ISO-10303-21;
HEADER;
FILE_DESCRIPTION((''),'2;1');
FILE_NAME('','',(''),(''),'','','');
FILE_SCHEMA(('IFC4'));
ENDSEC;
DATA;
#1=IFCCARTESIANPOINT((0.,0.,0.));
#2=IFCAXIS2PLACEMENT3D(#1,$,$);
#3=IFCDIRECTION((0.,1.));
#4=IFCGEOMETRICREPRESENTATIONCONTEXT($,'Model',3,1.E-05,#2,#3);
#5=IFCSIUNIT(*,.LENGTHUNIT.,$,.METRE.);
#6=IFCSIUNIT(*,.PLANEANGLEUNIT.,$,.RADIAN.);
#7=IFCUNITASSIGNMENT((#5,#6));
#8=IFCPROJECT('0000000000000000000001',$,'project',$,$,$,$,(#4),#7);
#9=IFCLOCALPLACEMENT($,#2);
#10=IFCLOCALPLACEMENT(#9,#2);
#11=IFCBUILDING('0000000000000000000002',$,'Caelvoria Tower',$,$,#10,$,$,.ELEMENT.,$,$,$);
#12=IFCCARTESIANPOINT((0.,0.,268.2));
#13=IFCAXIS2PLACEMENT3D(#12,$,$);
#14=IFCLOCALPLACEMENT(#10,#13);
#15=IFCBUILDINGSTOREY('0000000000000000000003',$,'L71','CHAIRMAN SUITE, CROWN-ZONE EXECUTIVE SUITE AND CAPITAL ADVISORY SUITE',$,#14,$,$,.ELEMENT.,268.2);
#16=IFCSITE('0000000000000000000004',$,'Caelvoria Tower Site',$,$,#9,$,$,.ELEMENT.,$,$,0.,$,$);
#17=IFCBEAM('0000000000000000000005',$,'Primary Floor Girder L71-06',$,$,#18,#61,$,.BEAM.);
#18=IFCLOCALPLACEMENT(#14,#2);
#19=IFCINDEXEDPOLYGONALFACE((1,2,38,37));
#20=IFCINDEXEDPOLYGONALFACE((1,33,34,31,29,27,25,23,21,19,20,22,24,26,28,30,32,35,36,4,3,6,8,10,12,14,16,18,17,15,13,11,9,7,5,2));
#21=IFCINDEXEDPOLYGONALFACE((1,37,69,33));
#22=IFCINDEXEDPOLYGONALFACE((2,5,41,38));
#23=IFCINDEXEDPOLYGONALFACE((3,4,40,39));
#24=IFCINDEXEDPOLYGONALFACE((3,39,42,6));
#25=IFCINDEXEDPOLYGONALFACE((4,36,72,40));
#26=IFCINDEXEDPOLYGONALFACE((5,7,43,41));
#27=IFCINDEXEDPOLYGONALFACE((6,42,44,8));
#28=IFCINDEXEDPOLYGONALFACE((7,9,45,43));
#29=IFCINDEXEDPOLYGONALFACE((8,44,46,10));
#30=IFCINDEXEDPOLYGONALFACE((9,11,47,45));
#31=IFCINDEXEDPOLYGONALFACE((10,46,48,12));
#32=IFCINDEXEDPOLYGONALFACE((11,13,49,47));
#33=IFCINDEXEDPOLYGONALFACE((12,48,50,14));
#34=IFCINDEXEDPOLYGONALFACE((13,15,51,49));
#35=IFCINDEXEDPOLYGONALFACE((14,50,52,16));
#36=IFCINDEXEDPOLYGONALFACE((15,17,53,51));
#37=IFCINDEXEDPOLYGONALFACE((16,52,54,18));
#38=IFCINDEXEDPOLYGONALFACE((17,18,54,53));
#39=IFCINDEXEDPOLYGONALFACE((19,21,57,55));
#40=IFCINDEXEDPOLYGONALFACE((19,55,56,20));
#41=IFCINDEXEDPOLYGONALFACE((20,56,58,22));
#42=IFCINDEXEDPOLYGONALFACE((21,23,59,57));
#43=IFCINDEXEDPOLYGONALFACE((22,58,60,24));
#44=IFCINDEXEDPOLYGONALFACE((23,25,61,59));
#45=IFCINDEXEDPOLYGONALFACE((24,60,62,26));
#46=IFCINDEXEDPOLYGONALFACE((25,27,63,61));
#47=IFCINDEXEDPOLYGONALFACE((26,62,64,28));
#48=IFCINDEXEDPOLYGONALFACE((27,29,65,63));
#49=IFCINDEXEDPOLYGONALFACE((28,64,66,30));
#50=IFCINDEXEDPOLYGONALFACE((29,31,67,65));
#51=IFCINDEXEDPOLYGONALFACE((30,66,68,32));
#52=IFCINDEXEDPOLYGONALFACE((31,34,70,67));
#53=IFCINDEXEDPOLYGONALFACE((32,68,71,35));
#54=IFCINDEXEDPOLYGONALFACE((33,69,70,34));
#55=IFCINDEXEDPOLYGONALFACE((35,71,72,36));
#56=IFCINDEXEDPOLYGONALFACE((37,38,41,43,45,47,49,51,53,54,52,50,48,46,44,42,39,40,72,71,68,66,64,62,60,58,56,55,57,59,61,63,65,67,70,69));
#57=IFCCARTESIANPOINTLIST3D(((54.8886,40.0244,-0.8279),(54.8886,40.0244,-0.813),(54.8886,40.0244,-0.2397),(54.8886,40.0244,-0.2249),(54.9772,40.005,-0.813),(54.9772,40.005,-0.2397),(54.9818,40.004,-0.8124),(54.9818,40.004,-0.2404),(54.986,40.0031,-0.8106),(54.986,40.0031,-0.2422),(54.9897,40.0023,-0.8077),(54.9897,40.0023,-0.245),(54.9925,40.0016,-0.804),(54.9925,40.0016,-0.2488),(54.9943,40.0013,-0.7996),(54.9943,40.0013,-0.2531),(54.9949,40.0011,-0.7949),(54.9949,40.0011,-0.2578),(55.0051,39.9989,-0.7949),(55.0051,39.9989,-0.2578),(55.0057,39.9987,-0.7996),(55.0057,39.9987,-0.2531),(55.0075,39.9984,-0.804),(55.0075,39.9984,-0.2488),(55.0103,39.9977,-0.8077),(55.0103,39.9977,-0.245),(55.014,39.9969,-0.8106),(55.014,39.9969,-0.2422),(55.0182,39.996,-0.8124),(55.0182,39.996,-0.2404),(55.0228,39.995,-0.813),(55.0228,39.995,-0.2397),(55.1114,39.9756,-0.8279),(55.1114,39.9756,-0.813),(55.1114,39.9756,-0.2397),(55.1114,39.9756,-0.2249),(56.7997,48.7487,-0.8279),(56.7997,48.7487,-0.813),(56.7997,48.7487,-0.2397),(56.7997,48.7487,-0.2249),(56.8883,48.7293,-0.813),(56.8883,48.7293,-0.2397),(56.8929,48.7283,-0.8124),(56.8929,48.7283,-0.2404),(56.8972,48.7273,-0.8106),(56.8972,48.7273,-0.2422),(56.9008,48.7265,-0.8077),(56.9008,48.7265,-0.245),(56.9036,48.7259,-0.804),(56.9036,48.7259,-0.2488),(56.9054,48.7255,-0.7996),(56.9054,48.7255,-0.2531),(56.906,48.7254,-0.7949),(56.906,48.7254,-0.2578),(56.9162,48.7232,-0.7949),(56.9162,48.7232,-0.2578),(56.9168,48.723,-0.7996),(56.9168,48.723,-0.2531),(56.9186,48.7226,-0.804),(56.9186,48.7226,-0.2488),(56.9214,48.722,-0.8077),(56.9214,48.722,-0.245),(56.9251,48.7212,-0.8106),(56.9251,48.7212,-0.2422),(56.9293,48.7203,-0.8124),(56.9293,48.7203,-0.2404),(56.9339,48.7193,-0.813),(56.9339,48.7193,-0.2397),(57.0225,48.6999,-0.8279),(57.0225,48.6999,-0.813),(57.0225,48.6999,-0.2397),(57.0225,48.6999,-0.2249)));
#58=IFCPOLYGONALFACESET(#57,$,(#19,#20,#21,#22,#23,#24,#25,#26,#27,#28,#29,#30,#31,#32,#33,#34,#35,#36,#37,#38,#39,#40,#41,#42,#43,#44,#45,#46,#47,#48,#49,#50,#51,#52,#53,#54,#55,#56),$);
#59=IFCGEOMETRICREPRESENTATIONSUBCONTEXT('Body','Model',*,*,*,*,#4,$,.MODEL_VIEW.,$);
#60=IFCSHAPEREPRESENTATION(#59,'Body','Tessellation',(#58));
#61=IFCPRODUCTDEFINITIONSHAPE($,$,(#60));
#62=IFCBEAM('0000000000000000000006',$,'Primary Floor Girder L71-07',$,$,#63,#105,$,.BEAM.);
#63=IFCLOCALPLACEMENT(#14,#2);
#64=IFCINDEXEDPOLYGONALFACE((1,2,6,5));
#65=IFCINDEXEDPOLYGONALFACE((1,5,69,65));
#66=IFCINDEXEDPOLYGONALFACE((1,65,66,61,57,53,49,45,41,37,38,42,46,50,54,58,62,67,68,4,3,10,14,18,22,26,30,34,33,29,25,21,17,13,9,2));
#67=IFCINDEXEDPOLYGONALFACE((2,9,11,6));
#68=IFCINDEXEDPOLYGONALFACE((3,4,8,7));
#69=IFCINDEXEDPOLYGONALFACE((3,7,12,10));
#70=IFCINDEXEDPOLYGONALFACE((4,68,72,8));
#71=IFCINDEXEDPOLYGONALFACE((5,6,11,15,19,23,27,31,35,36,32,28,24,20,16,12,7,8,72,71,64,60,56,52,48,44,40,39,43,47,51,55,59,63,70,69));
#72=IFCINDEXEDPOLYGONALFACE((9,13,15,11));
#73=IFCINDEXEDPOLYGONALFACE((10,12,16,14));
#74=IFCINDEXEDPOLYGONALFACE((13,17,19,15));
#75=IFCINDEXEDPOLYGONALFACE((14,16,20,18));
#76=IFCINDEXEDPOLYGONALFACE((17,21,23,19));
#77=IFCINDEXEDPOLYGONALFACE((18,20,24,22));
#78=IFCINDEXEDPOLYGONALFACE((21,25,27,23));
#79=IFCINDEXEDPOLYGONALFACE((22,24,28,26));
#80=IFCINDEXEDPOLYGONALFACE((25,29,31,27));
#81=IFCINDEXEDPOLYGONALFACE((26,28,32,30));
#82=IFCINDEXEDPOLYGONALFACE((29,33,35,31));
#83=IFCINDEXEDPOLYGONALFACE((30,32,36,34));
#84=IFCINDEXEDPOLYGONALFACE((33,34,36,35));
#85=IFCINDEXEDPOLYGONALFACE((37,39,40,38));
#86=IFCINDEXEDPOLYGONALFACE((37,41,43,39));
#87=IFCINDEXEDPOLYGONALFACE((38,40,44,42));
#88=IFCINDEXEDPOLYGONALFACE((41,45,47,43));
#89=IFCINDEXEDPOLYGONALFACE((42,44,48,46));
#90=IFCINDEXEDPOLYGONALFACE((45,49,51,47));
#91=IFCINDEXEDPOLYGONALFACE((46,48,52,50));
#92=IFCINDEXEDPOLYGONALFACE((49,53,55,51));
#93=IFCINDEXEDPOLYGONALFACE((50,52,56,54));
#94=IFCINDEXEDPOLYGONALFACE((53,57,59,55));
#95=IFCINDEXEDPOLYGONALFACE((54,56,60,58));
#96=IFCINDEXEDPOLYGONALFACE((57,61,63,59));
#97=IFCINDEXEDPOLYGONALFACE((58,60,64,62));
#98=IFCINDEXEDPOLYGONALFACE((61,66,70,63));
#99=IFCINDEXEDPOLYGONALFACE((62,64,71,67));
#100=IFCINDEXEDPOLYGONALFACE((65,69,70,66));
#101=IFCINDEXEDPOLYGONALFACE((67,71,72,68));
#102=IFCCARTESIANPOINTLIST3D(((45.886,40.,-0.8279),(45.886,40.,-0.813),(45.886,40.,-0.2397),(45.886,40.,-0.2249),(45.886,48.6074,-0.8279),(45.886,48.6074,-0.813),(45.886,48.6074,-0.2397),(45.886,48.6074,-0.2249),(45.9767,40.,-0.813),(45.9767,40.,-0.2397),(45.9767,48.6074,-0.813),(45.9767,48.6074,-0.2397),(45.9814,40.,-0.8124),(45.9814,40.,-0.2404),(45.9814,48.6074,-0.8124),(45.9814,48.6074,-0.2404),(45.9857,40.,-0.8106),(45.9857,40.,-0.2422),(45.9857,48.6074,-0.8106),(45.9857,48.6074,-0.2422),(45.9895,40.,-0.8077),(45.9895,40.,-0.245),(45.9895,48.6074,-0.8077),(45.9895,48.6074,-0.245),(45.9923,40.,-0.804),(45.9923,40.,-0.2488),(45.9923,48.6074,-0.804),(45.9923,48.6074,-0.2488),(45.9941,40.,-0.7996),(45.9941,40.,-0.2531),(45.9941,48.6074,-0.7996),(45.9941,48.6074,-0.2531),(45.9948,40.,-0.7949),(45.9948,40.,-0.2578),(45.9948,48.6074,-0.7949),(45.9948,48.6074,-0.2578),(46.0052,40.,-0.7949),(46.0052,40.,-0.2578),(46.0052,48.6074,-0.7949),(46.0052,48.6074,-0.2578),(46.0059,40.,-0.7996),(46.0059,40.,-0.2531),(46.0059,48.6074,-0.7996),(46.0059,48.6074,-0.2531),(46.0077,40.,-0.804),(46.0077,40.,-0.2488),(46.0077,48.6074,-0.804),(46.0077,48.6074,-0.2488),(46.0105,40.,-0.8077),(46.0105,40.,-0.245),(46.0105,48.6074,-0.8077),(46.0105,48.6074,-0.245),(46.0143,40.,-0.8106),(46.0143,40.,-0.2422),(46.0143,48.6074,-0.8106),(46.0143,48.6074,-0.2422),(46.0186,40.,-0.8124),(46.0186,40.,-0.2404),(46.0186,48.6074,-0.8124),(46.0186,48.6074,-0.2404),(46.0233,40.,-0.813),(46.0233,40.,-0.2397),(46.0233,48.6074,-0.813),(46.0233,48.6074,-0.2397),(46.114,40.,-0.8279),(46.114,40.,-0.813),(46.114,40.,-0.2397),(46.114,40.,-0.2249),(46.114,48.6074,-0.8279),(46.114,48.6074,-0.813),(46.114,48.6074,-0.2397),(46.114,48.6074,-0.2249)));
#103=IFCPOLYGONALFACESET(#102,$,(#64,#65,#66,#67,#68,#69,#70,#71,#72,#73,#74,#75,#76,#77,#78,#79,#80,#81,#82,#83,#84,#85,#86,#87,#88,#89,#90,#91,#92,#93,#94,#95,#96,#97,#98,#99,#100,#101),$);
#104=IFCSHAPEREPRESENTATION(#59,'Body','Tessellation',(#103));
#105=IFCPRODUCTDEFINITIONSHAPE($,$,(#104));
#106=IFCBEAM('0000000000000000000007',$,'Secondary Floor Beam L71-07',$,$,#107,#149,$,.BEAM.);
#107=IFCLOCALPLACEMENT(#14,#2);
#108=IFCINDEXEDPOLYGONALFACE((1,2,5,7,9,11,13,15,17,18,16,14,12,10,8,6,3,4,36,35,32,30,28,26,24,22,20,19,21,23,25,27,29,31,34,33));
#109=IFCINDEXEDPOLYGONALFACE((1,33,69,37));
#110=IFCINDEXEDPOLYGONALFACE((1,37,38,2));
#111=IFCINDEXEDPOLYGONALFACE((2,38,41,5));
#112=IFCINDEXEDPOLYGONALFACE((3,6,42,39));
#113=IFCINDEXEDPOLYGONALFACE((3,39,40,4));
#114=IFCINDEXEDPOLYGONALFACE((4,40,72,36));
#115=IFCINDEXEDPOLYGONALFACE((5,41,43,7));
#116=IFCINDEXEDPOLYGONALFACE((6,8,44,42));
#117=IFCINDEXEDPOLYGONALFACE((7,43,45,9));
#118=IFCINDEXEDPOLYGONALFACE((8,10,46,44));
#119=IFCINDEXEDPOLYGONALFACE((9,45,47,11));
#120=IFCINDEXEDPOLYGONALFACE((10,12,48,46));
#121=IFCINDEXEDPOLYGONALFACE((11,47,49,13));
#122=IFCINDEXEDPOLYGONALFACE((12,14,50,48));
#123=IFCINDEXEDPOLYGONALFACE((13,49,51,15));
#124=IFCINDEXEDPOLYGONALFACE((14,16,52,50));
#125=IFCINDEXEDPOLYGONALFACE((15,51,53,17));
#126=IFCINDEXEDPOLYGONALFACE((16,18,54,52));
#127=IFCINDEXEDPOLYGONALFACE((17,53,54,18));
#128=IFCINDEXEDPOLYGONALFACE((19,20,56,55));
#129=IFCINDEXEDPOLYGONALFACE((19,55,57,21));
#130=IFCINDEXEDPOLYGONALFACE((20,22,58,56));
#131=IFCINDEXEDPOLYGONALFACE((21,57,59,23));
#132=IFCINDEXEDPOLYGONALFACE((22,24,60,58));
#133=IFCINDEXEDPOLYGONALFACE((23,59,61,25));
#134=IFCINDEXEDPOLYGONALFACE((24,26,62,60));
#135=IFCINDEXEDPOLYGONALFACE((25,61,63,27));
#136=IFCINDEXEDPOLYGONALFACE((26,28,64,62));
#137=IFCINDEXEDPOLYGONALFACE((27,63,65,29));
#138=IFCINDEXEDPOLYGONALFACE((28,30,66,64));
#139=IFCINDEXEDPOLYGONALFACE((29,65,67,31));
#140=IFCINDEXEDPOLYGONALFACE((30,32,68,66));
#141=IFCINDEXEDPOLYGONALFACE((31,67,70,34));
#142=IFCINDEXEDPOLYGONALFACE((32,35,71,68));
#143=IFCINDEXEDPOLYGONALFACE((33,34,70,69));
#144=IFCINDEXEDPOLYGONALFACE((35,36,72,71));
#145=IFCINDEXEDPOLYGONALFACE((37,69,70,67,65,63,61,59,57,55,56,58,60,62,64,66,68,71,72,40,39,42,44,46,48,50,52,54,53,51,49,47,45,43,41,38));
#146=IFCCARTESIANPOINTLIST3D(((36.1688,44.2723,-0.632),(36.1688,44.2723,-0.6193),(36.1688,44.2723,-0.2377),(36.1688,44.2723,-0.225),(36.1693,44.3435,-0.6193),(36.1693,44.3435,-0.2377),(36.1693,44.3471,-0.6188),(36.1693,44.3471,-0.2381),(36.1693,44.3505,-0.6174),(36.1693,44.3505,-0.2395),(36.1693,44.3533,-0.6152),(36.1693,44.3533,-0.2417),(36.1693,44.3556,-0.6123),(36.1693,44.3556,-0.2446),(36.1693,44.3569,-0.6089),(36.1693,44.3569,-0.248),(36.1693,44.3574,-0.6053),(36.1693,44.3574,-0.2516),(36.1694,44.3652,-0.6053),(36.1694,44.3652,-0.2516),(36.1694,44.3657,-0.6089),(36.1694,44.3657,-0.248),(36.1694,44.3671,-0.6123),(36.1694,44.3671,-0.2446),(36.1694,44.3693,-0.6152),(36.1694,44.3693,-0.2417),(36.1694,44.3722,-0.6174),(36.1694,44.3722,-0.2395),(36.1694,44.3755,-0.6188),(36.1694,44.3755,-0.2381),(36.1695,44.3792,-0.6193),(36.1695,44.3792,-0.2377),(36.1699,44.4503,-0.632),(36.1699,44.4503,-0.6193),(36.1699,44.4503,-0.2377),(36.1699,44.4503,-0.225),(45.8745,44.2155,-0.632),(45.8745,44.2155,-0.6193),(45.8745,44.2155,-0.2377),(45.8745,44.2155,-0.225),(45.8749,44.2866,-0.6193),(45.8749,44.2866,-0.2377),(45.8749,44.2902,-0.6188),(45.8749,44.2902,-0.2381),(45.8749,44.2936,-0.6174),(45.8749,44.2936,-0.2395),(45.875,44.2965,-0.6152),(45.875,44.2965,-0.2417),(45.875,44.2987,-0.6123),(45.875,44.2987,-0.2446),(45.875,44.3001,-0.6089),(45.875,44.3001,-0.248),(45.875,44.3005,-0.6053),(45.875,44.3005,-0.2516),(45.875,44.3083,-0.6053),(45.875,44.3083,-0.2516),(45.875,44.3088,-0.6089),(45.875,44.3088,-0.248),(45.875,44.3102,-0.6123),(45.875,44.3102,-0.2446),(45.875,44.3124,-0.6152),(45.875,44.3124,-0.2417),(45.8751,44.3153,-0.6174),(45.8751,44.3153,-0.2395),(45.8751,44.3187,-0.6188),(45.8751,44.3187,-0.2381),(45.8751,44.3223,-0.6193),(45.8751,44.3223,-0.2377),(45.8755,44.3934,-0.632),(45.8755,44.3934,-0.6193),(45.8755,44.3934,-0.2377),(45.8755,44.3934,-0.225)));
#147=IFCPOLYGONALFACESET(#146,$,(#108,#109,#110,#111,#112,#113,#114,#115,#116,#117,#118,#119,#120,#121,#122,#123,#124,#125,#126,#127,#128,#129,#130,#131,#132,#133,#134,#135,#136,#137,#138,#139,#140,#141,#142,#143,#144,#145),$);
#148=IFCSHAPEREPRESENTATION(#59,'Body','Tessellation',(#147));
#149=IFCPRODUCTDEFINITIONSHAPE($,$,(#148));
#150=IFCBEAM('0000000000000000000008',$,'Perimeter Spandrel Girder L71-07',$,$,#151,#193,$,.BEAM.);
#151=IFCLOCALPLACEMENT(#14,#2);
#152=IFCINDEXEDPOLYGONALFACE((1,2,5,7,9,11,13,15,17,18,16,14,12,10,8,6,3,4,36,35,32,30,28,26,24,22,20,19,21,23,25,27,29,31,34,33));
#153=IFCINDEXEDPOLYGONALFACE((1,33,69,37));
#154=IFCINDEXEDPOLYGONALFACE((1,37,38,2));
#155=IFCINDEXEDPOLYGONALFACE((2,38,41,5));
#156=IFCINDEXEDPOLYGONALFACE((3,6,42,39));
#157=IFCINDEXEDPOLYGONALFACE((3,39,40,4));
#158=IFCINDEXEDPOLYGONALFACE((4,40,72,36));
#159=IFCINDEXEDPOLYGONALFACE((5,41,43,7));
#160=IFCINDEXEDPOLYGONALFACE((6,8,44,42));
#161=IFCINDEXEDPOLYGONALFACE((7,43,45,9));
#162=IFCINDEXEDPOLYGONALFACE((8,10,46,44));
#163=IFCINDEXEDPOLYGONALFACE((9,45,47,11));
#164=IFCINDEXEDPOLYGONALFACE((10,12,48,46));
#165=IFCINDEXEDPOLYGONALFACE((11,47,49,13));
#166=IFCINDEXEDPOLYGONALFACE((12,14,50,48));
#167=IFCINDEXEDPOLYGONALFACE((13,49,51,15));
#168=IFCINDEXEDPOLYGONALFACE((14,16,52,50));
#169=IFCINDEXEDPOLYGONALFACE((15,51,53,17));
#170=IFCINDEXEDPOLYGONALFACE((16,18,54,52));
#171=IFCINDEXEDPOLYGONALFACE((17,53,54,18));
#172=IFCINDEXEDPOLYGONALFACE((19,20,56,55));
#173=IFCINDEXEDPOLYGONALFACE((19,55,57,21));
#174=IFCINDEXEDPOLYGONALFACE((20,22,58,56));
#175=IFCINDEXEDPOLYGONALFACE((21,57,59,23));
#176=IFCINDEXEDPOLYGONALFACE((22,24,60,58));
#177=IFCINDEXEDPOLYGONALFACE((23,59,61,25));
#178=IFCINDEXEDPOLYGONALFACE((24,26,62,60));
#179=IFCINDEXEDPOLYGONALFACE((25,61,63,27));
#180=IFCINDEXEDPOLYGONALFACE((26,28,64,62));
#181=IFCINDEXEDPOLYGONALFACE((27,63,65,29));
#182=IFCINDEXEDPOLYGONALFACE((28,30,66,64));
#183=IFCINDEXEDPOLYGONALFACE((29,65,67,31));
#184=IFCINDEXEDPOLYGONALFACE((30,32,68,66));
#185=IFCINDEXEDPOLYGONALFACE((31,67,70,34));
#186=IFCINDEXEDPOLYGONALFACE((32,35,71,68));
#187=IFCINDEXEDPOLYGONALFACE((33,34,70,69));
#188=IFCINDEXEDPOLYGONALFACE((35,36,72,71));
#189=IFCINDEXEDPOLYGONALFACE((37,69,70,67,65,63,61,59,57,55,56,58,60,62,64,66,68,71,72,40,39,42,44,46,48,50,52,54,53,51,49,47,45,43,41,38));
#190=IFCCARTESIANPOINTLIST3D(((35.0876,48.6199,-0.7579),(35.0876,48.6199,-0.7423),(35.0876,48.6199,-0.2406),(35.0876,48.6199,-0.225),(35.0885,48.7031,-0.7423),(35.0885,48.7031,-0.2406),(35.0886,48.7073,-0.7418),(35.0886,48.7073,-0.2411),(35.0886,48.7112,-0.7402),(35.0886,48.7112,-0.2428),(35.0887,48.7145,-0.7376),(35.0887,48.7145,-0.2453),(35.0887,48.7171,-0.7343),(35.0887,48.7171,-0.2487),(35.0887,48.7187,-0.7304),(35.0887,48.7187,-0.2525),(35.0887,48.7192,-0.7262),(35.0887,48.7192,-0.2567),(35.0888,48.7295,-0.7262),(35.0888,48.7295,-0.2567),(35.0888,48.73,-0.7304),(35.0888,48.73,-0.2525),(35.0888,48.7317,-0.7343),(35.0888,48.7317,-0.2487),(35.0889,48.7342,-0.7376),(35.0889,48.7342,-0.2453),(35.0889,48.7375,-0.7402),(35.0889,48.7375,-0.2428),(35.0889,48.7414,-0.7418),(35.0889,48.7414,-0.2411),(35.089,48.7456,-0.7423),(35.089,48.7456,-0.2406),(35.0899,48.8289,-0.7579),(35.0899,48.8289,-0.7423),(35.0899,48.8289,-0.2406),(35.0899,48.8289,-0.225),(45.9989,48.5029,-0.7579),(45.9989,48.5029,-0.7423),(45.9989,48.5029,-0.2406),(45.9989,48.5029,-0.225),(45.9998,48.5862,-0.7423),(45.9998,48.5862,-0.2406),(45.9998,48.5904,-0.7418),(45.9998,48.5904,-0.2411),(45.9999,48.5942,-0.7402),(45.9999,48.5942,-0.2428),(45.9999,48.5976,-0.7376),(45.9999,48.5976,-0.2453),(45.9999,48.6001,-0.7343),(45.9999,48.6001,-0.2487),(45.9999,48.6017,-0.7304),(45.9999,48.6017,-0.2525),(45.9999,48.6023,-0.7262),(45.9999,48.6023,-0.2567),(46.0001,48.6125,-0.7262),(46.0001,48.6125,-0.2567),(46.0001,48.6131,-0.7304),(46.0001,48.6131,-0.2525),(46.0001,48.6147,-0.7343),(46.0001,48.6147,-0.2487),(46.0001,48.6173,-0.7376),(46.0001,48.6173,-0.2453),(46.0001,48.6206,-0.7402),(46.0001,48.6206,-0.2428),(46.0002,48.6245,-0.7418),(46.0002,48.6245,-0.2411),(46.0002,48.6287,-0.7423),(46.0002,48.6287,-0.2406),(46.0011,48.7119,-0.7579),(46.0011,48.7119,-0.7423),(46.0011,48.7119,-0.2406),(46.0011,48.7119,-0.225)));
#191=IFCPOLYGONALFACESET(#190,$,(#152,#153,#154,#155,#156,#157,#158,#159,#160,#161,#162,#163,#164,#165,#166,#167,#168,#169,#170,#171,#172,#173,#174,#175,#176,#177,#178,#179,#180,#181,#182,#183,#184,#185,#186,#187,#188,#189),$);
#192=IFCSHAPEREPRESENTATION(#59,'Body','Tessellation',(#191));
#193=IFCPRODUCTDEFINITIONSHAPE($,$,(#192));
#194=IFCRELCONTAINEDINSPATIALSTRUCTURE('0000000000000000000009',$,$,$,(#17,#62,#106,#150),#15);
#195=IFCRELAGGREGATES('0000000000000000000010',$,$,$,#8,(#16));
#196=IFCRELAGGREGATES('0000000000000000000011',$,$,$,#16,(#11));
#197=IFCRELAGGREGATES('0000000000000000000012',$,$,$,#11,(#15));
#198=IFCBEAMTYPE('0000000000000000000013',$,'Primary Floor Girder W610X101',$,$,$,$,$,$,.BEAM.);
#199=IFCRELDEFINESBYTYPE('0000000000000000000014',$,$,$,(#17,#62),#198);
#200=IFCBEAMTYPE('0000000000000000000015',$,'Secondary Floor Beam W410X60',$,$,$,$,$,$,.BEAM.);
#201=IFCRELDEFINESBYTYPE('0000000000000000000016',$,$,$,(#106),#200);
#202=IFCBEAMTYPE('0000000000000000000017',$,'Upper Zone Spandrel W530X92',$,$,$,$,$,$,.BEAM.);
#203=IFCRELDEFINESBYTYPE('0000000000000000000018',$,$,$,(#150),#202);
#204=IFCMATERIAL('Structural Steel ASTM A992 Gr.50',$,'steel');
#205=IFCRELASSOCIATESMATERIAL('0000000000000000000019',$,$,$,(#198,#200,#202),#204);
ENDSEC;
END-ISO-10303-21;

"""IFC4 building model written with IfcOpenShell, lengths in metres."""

from ifc_helpers import new_model, si_unit, direction, frame, origin, origin_2d, place, context, subcontext, project, spatial, i_section, extrude, material, material_profile, profile_set, type_object, element, save


model = new_model("IFC4")

# Units and contexts
model_context = context("Model", 3, precision=1e-05, world=origin(), true_north=direction((0.0, 1.0)))
body_context = subcontext(model_context, "Body", "Model", "MODEL_VIEW")
ifc_project = project(units=[si_unit("LENGTHUNIT", "METRE"), si_unit("PLANEANGLEUNIT", "RADIAN")], contexts=[model_context])

# Site, building, storey
site_placement = place(None, origin())
site = spatial("IfcSite", under=ifc_project, at=site_placement, Name="Caelvoria Tower Site", CompositionType="ELEMENT", RefElevation=0.0)
building_placement = place(site_placement, origin())
building = spatial("IfcBuilding", under=site, at=building_placement, Name="Caelvoria Tower", CompositionType="ELEMENT")
storey_placement = place(building_placement, frame((0.0, 0.0, 268.2)))
storey = spatial("IfcBuildingStorey", under=building, at=storey_placement, Name="L71", Description="CHAIRMAN SUITE, CROWN-ZONE EXECUTIVE SUITE AND CAPITAL ADVISORY SUITE", CompositionType="ELEMENT", Elevation=268.2)

# Shared definitions
ifc_material_1 = material(Name="Structural Steel ASTM A992 Gr.50", Category="steel")

# Beams
ifc_material_profile_1 = material_profile(ifc_material_1, i_section(OverallWidth=0.228, OverallDepth=0.603, WebThickness=0.0105, FlangeThickness=0.0149, FilletRadius=0.0181, at=origin_2d()), Name="Structural Steel ASTM A992 Gr.50")
ifc_profile_set_1 = profile_set([ifc_material_profile_1], Name="W610X101 - Structural Steel ASTM A992 Gr.50")
beam_type_1 = type_object("IfcBeamType", Name="Primary Floor Girder W610X101", PredefinedType="BEAM", material=ifc_profile_set_1)
beam_1_placement = place(storey_placement, frame((55.0, 40.0, -0.5264), z_axis=(0.213983, 0.976837, 0.0), x_axis=(-0.976837, 0.213983, 0.0)))
element("IfcBeam", 1, at=beam_1_placement, inside=storey, type_object=beam_type_1, Name="Primary Floor Girder L71-06", PredefinedType="BEAM", context=body_context, shape_type="SweptSolid", body=[
    extrude(i_section(OverallWidth=0.228, OverallDepth=0.603, WebThickness=0.0105, FlangeThickness=0.0149, FilletRadius=0.0181, at=origin_2d()), origin(), (0.0, 0.0, 1.0), 8.9312),
])
beam_2_placement = place(storey_placement, frame((46.0, 40.0, -0.5264), z_axis=(0.0, 1.0, 0.0), x_axis=(-1.0, 0.0, 0.0)))
element("IfcBeam", 2, at=beam_2_placement, inside=storey, type_object=beam_type_1, Name="Primary Floor Girder L71-07", PredefinedType="BEAM", context=body_context, shape_type="SweptSolid", body=[
    extrude(i_section(OverallWidth=0.228, OverallDepth=0.603, WebThickness=0.0105, FlangeThickness=0.0149, FilletRadius=0.0181, at=origin_2d()), origin(), (0.0, 0.0, 1.0), 8.6074),
])
ifc_material_profile_2 = material_profile(ifc_material_1, i_section(OverallWidth=0.178, OverallDepth=0.407, WebThickness=0.0078, FlangeThickness=0.0127, FilletRadius=0.0139, at=origin_2d()), Name="Structural Steel ASTM A992 Gr.50")
ifc_profile_set_2 = profile_set([ifc_material_profile_2], Name="W410X60 - Structural Steel ASTM A992 Gr.50")
beam_type_2 = type_object("IfcBeamType", Name="Secondary Floor Beam W410X60", PredefinedType="BEAM", material=ifc_profile_set_2)
beam_3_placement = place(storey_placement, frame((45.875, 44.3044, -0.4285), z_axis=(-0.999983, 0.005861, 0.0), x_axis=(-0.005861, -0.999983, 0.0)))
element("IfcBeam", 3, at=beam_3_placement, inside=storey, type_object=beam_type_2, Name="Secondary Floor Beam L71-07", PredefinedType="BEAM", context=body_context, shape_type="SweptSolid", body=[
    extrude(i_section(OverallWidth=0.178, OverallDepth=0.407, WebThickness=0.0078, FlangeThickness=0.0127, FilletRadius=0.0139, at=origin_2d()), origin(), (0.0, 0.0, 1.0), 9.7058),
])
ifc_material_profile_3 = material_profile(ifc_material_1, i_section(OverallWidth=0.209, OverallDepth=0.533, WebThickness=0.0103, FlangeThickness=0.0156, FilletRadius=0.0161, at=origin_2d()), Name="Structural Steel ASTM A992 Gr.50")
ifc_profile_set_3 = profile_set([ifc_material_profile_3], Name="W530X92 - Structural Steel ASTM A992 Gr.50")
beam_type_3 = type_object("IfcBeamType", Name="Upper Zone Spandrel W530X92", PredefinedType="BEAM", material=ifc_profile_set_3)
beam_4_placement = place(storey_placement, frame((46.0, 48.6074, -0.4915), z_axis=(-0.999943, 0.010717, 0.0), x_axis=(-0.010717, -0.999943, 0.0)))
element("IfcBeam", 4, at=beam_4_placement, inside=storey, type_object=beam_type_3, Name="Perimeter Spandrel Girder L71-07", PredefinedType="BEAM", context=body_context, shape_type="SweptSolid", body=[
    extrude(i_section(OverallWidth=0.209, OverallDepth=0.533, WebThickness=0.0103, FlangeThickness=0.0156, FilletRadius=0.0161, at=origin_2d()), origin(), (0.0, 0.0, 1.0), 10.9119),
])

save(model, "model.ifc")
